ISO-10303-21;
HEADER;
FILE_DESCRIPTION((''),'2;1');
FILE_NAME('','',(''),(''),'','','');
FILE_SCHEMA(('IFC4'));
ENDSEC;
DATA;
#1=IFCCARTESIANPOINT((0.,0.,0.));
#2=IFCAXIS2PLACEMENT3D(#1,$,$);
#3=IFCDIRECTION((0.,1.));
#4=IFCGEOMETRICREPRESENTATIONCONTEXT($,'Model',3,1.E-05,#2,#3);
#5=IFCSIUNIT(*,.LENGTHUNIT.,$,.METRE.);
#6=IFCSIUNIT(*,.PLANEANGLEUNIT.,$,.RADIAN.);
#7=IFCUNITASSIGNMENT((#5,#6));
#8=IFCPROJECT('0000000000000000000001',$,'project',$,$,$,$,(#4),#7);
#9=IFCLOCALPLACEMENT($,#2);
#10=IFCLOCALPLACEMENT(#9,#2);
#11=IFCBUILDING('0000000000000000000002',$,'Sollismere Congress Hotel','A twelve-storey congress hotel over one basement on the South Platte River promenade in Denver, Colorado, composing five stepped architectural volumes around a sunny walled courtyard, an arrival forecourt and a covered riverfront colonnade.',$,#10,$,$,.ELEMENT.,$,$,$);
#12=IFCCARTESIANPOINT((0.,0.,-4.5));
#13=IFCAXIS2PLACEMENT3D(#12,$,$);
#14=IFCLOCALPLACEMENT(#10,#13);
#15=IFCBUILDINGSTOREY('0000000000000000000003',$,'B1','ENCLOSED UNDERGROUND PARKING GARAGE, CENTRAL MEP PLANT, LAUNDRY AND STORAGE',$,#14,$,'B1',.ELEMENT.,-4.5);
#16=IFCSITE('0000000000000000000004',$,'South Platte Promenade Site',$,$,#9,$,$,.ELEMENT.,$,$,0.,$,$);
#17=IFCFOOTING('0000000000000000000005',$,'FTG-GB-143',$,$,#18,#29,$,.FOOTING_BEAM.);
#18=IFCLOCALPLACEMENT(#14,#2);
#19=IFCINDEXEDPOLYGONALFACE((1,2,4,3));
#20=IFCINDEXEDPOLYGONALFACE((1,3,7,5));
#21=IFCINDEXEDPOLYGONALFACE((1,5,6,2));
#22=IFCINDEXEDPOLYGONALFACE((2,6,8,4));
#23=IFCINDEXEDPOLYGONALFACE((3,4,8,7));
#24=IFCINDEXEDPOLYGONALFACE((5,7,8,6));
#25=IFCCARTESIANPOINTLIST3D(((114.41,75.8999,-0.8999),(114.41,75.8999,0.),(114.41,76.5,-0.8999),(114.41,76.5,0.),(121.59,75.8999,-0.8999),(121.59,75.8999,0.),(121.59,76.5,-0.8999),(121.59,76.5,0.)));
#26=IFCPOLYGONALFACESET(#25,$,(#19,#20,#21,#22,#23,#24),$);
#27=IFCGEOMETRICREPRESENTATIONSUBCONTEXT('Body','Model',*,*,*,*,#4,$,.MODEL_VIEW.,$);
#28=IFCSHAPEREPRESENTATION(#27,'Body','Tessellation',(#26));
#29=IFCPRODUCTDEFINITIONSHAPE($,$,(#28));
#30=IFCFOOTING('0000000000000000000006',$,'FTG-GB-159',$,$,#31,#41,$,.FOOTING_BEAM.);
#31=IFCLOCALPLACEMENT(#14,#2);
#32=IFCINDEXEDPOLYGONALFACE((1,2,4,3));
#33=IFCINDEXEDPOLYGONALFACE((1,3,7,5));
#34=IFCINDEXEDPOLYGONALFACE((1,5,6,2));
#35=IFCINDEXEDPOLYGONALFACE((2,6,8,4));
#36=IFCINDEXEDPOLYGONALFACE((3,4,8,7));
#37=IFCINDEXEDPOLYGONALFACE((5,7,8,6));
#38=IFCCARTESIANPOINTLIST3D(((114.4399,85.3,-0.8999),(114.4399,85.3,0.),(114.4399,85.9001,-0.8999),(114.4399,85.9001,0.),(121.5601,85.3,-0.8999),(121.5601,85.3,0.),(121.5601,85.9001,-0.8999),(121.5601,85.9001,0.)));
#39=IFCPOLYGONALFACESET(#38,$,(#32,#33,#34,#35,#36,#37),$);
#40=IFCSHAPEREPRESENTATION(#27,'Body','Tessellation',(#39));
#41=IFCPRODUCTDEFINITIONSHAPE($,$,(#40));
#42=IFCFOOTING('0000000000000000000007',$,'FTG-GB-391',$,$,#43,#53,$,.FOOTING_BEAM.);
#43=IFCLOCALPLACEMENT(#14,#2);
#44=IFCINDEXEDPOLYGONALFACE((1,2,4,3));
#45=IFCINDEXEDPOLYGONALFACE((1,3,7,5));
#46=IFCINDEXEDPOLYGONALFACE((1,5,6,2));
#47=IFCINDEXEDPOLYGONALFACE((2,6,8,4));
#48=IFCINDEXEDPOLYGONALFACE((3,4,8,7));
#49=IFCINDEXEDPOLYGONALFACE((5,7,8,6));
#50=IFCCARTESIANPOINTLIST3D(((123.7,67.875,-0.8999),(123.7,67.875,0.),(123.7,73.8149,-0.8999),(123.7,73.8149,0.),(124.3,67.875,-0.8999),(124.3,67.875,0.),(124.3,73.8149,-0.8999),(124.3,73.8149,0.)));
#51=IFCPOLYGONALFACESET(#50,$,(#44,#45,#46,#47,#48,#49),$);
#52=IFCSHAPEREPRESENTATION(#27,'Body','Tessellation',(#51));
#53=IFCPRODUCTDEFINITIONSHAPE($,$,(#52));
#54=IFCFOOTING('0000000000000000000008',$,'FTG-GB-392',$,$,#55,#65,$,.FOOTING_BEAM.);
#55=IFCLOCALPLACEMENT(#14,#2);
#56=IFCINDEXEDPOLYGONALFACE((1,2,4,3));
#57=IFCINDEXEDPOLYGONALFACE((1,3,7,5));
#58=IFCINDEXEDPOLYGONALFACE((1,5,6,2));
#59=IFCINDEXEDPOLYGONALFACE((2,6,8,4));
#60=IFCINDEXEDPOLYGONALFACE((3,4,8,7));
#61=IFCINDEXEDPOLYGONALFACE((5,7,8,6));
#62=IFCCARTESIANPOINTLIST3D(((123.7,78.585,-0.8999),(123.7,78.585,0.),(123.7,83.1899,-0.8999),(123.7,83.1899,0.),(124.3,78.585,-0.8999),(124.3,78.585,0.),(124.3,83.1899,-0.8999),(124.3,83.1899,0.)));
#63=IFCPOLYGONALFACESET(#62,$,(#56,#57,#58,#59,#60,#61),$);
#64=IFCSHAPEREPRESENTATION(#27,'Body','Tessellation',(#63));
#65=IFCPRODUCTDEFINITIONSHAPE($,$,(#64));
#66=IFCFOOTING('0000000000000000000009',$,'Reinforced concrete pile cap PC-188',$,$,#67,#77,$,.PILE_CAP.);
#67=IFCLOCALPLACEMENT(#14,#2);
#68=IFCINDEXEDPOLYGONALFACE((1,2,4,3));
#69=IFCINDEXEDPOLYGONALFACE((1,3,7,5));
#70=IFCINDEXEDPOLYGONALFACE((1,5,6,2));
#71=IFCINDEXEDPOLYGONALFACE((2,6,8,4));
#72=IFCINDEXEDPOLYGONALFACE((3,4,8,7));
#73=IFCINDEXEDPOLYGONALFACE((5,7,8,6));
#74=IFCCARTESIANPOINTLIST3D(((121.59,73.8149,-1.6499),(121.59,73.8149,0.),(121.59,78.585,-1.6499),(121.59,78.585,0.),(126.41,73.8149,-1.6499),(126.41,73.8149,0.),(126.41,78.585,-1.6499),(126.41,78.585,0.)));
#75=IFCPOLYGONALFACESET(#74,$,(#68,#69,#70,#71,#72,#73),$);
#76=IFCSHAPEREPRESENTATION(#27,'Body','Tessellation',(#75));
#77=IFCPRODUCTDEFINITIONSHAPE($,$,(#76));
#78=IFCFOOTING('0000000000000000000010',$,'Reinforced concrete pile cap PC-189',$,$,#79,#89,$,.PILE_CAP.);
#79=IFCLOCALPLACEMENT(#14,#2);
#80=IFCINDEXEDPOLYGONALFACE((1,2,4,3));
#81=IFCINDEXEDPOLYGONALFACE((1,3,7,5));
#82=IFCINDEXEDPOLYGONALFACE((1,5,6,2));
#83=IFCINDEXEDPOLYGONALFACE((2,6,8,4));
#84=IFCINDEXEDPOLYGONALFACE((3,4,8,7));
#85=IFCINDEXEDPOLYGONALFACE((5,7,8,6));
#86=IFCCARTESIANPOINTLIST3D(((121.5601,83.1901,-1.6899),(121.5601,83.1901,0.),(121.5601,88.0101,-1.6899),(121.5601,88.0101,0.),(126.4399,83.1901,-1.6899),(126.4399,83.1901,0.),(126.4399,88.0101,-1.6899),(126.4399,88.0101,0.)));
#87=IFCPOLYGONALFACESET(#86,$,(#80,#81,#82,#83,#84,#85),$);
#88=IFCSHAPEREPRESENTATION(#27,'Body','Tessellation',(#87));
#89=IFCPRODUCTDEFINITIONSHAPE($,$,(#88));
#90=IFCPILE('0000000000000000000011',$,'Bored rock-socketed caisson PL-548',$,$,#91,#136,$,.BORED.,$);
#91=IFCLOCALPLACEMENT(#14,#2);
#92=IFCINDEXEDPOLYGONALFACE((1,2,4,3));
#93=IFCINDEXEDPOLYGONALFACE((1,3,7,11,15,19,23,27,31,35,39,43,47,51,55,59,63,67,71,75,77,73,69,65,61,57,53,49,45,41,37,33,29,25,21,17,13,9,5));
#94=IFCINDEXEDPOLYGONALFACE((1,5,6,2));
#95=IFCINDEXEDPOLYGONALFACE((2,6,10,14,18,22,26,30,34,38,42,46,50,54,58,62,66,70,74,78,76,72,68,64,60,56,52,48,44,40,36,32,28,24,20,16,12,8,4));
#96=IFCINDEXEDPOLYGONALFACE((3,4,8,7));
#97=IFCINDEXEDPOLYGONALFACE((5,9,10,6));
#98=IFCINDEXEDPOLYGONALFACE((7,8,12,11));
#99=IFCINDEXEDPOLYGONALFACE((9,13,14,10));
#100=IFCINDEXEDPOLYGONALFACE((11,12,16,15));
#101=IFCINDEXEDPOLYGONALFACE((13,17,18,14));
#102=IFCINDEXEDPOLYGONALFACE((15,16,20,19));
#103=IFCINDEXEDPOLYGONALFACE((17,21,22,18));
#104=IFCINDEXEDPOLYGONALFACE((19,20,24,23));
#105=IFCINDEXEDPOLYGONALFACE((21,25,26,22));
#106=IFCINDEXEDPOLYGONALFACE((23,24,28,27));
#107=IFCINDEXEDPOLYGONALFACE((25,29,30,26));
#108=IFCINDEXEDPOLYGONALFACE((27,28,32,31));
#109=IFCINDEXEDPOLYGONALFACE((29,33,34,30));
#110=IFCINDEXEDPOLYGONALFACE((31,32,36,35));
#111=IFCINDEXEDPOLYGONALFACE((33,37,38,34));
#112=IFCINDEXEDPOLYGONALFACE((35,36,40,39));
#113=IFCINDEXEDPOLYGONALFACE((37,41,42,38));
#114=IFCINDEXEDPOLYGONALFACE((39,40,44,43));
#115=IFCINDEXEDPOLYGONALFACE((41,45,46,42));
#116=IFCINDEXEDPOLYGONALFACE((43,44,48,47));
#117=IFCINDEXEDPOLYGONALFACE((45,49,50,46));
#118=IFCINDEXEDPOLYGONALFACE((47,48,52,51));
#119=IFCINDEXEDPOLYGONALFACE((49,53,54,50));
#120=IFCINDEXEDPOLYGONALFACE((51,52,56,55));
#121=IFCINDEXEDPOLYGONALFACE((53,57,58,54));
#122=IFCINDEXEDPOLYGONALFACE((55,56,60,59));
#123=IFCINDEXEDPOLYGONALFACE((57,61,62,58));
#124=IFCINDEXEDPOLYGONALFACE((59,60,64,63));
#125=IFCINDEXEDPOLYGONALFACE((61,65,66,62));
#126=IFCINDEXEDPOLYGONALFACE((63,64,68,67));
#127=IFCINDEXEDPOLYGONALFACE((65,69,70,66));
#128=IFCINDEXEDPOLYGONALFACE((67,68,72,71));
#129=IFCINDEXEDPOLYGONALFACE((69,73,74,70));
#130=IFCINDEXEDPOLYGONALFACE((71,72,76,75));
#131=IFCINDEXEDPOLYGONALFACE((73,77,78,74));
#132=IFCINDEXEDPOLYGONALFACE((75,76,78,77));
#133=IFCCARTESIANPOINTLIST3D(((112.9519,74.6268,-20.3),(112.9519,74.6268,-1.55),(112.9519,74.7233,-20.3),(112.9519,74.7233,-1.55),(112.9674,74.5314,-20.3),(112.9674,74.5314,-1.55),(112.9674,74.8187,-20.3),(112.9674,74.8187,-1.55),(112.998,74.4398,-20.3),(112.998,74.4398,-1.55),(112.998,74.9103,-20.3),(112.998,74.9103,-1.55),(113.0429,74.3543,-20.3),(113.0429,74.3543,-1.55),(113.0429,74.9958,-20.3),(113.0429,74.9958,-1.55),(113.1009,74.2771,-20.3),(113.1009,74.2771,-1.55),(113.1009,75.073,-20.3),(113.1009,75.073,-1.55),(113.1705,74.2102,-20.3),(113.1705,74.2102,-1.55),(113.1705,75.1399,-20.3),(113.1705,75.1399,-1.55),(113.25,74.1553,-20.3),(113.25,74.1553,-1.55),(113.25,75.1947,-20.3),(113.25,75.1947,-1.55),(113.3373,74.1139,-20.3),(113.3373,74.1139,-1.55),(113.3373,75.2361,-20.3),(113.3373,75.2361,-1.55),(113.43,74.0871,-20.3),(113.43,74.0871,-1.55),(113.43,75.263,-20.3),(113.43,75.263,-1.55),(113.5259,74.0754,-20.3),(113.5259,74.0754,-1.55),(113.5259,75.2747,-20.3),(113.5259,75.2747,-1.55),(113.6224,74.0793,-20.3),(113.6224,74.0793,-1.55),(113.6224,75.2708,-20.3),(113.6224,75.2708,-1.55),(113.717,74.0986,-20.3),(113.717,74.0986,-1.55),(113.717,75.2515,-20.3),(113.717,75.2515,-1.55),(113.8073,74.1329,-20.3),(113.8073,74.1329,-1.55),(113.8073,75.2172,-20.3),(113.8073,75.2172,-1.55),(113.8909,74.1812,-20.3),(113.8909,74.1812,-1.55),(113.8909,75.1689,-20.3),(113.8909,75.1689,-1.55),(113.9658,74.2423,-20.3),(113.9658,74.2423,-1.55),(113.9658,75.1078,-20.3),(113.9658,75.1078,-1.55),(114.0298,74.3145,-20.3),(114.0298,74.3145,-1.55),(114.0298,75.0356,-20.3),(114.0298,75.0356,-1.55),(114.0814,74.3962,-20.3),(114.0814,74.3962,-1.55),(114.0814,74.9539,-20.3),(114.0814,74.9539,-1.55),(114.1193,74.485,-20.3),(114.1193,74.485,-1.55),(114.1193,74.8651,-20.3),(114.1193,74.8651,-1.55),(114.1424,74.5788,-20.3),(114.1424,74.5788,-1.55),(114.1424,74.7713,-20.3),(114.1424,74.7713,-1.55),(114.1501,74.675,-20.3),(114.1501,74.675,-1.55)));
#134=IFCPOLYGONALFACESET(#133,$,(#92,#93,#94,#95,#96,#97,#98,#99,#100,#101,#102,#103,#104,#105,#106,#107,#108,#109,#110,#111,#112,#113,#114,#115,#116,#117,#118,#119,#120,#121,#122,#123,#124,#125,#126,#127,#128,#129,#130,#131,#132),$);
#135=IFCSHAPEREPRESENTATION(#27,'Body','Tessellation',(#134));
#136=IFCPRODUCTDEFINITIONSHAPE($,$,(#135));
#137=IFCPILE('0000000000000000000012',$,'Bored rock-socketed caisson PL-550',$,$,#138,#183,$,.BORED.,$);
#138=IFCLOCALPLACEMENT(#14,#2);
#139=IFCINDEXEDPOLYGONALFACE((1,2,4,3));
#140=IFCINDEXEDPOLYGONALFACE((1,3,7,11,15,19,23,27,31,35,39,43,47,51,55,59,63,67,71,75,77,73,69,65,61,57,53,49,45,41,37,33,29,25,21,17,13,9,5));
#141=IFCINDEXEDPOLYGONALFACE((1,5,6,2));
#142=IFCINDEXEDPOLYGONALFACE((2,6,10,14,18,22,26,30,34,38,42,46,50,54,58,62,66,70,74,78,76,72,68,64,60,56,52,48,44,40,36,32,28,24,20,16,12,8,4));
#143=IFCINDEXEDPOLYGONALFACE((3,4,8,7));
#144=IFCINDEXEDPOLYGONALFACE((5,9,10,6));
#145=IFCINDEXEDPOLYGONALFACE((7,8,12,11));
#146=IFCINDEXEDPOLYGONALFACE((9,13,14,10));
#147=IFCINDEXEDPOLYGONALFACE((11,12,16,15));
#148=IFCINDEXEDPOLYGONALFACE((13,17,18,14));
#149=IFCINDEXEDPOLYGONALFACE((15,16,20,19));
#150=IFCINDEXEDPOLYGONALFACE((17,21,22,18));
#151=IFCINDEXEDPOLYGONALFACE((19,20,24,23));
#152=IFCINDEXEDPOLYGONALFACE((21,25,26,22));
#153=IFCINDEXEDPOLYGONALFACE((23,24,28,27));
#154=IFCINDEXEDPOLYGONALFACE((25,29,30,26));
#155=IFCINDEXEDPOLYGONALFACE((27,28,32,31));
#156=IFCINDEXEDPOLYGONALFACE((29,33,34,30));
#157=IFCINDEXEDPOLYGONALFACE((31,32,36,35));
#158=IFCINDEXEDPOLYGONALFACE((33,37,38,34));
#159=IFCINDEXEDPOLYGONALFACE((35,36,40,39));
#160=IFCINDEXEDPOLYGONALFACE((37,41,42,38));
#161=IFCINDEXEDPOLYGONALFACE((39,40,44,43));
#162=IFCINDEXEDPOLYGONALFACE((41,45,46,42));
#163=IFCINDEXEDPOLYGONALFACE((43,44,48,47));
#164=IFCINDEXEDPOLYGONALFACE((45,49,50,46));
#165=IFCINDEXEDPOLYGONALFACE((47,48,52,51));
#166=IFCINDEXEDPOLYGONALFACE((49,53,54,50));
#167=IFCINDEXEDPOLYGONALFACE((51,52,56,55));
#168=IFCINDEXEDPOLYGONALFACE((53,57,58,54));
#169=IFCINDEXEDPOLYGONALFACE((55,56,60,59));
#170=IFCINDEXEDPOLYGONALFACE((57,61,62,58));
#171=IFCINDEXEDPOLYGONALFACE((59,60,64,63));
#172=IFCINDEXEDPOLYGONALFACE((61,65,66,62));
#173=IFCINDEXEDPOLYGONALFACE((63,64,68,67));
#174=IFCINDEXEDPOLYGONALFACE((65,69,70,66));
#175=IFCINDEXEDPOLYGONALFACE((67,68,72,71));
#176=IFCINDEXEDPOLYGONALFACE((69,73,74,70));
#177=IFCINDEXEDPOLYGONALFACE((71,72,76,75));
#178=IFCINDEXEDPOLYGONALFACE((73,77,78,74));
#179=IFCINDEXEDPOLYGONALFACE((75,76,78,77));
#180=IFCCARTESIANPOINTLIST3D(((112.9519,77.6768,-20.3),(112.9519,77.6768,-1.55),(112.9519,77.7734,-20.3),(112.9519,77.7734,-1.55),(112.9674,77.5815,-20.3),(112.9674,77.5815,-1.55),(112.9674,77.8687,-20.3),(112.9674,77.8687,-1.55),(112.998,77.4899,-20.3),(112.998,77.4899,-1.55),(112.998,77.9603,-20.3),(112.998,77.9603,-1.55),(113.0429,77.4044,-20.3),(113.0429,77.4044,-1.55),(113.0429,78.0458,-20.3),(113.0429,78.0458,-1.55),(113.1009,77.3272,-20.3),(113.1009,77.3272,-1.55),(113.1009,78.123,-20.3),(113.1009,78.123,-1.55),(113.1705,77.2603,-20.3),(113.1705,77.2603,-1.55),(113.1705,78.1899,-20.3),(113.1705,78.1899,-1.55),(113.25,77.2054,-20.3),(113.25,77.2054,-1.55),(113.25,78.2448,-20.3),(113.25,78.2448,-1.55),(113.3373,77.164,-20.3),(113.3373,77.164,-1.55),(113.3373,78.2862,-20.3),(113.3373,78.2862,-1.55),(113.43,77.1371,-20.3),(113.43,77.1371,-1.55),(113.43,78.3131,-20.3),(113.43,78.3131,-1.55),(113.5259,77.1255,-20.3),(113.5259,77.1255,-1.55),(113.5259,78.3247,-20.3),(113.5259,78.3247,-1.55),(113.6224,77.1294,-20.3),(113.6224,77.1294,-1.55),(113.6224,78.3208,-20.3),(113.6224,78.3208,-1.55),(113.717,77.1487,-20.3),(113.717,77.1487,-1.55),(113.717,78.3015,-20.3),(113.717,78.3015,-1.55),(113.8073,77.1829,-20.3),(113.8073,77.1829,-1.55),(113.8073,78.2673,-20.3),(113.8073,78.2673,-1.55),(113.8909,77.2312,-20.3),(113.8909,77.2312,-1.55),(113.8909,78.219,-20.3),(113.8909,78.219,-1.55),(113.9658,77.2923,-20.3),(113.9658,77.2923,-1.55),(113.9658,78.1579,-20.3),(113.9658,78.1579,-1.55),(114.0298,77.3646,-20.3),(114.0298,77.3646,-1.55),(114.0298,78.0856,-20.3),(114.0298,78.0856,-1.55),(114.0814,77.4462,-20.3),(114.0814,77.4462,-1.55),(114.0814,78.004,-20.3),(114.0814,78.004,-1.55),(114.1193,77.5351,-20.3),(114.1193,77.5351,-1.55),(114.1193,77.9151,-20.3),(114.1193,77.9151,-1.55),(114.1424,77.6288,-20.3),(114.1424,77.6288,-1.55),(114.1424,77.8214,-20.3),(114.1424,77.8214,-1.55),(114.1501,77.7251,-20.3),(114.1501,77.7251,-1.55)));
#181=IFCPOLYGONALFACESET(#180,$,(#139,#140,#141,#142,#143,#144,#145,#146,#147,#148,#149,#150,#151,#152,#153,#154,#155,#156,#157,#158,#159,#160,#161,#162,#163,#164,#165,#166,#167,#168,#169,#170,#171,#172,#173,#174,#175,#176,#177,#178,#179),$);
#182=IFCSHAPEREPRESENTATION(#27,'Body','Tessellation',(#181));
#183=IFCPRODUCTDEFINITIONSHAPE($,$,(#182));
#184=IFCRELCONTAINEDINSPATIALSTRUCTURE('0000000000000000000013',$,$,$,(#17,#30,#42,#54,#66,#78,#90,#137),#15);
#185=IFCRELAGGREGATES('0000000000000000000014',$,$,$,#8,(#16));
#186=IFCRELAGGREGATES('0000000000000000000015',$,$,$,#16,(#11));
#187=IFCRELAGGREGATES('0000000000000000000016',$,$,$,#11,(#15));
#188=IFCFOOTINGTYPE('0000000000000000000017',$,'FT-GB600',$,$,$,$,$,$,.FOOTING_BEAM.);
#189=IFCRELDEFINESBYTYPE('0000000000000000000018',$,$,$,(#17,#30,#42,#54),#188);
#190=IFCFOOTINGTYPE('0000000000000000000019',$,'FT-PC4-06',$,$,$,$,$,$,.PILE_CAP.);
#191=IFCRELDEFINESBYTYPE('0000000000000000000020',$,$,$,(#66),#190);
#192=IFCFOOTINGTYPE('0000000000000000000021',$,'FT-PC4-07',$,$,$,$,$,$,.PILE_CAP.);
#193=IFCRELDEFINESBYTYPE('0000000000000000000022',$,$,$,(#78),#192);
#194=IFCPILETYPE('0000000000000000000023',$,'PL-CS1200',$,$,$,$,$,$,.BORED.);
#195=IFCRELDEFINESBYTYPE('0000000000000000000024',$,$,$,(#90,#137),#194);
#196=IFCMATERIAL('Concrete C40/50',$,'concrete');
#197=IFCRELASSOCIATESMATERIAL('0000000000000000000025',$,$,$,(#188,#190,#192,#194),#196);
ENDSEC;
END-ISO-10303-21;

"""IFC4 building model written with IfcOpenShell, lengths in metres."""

from ifc_helpers import new_model, si_unit, direction, frame, origin, origin_2d, place, context, subcontext, project, spatial, rectangle, circle, extrude, material, material_profile, profile_set, type_object, element, save


model = new_model("IFC4")

# Units and contexts
model_context = context("Model", 3, precision=1e-05, world=origin(), true_north=direction((0.0, 1.0)))
body_context = subcontext(model_context, "Body", "Model", "MODEL_VIEW")
ifc_project = project(units=[si_unit("LENGTHUNIT", "METRE"), si_unit("PLANEANGLEUNIT", "RADIAN")], contexts=[model_context])

# Site, building, storey
site_placement = place(None, origin())
site = spatial("IfcSite", under=ifc_project, at=site_placement, Name="South Platte Promenade Site", CompositionType="ELEMENT", RefElevation=0.0)
building_placement = place(site_placement, origin())
building = spatial("IfcBuilding", under=site, at=building_placement, Name="Sollismere Congress Hotel", Description="A twelve-storey congress hotel over one basement on the South Platte River promenade in Denver, Colorado, composing five stepped architectural volumes around a sunny walled courtyard, an arrival forecourt and a covered riverfront colonnade.", CompositionType="ELEMENT")
storey_placement = place(building_placement, frame((0.0, 0.0, -4.5)))
storey = spatial("IfcBuildingStorey", under=building, at=storey_placement, Name="B1", Description="ENCLOSED UNDERGROUND PARKING GARAGE, CENTRAL MEP PLANT, LAUNDRY AND STORAGE", LongName="B1", CompositionType="ELEMENT", Elevation=-4.5)

# Footings
ifc_material_1 = material(Name="Concrete C40/50", Category="concrete")
footing_type_1 = type_object("IfcFootingType", Name="FT-GB600", PredefinedType="FOOTING_BEAM", material=ifc_material_1)
footing_1_placement = place(storey_placement, frame((118.0, 76.2, -0.8999), z_axis=(0.0, 0.0, 1.0), x_axis=(1.0, 0.0, 0.0)))
element("IfcFooting", 1, at=footing_1_placement, inside=storey, type_object=footing_type_1, Name="FTG-GB-143", PredefinedType="FOOTING_BEAM", context=body_context, shape_type="SweptSolid", body=[
    extrude(rectangle(XDim=7.1799, YDim=0.6001, at=origin_2d()), origin(), (0.0, 0.0, 1.0), 0.8999),
])
footing_2_placement = place(storey_placement, frame((118.0, 85.6001, -0.8999), z_axis=(0.0, 0.0, 1.0), x_axis=(1.0, 0.0, 0.0)))
element("IfcFooting", 2, at=footing_2_placement, inside=storey, type_object=footing_type_1, Name="FTG-GB-159", PredefinedType="FOOTING_BEAM", context=body_context, shape_type="SweptSolid", body=[
    extrude(rectangle(XDim=7.1201, YDim=0.6001, at=origin_2d()), origin(), (0.0, 0.0, 1.0), 0.8999),
])
footing_3_placement = place(storey_placement, frame((124.0, 70.845, -0.8999), z_axis=(0.0, 0.0, 1.0), x_axis=(0.0, 1.0, 0.0)))
element("IfcFooting", 3, at=footing_3_placement, inside=storey, type_object=footing_type_1, Name="FTG-GB-391", PredefinedType="FOOTING_BEAM", context=body_context, shape_type="SweptSolid", body=[
    extrude(rectangle(XDim=5.9399, YDim=0.6001, at=origin_2d()), origin(), (0.0, 0.0, 1.0), 0.8999),
])
footing_4_placement = place(storey_placement, frame((124.0, 80.8875, -0.8999), z_axis=(0.0, 0.0, 1.0), x_axis=(0.0, 1.0, 0.0)))
element("IfcFooting", 4, at=footing_4_placement, inside=storey, type_object=footing_type_1, Name="FTG-GB-392", PredefinedType="FOOTING_BEAM", context=body_context, shape_type="SweptSolid", body=[
    extrude(rectangle(XDim=4.605, YDim=0.6001, at=origin_2d()), origin(), (0.0, 0.0, 1.0), 0.8999),
])
footing_type_2 = type_object("IfcFootingType", Name="FT-PC4-06", PredefinedType="PILE_CAP", material=ifc_material_1)
footing_5_placement = place(storey_placement, frame((124.0, 76.2, -1.6499), z_axis=(0.0, 0.0, 1.0), x_axis=(1.0, 0.0, 0.0)))
element("IfcFooting", 5, at=footing_5_placement, inside=storey, type_object=footing_type_2, Name="Reinforced concrete pile cap PC-188", PredefinedType="PILE_CAP", context=body_context, shape_type="SweptSolid", body=[
    extrude(rectangle(XDim=4.8201, YDim=4.77, at=origin_2d()), origin(), (0.0, 0.0, 1.0), 1.6499),
])
footing_type_3 = type_object("IfcFootingType", Name="FT-PC4-07", PredefinedType="PILE_CAP", material=ifc_material_1)
footing_6_placement = place(storey_placement, frame((124.0, 85.6001, -1.6899), z_axis=(0.0, 0.0, 1.0), x_axis=(1.0, 0.0, 0.0)))
element("IfcFooting", 6, at=footing_6_placement, inside=storey, type_object=footing_type_3, Name="Reinforced concrete pile cap PC-189", PredefinedType="PILE_CAP", context=body_context, shape_type="SweptSolid", body=[
    extrude(rectangle(XDim=4.8799, YDim=4.8201, at=origin_2d()), origin(), (0.0, 0.0, 1.0), 1.6899),
])

# Piles
ifc_material_profile_1 = material_profile(ifc_material_1, circle(Radius=0.6001, at=origin_2d()), Name="CAISSON1200")
ifc_profile_set_1 = profile_set([ifc_material_profile_1], Name="Concrete C40/50")
pile_type = type_object("IfcPileType", Name="PL-CS1200", PredefinedType="BORED", material=ifc_profile_set_1)
for number, where, z_axis, x_axis, name in (
    (7, (113.55, 74.675, -1.55), (0.0, 0.0, -1.0), (1.0, 0.0, 0.0), "Bored rock-socketed caisson PL-548"),
    (8, (113.55, 77.7251, -1.55), (0.0, 0.0, -1.0), (1.0, 0.0, 0.0), "Bored rock-socketed caisson PL-550"),
):
    element("IfcPile", number, at=place(storey_placement, frame(where, z_axis=z_axis, x_axis=x_axis)), inside=storey, type_object=pile_type, Name=name, PredefinedType="BORED", context=body_context, shape_type="SweptSolid", body=[
        extrude(circle(Radius=0.6001, at=origin_2d()), origin(), (0.0, 0.0, 1.0), 18.75),
    ])

save(model, "model.ifc")
